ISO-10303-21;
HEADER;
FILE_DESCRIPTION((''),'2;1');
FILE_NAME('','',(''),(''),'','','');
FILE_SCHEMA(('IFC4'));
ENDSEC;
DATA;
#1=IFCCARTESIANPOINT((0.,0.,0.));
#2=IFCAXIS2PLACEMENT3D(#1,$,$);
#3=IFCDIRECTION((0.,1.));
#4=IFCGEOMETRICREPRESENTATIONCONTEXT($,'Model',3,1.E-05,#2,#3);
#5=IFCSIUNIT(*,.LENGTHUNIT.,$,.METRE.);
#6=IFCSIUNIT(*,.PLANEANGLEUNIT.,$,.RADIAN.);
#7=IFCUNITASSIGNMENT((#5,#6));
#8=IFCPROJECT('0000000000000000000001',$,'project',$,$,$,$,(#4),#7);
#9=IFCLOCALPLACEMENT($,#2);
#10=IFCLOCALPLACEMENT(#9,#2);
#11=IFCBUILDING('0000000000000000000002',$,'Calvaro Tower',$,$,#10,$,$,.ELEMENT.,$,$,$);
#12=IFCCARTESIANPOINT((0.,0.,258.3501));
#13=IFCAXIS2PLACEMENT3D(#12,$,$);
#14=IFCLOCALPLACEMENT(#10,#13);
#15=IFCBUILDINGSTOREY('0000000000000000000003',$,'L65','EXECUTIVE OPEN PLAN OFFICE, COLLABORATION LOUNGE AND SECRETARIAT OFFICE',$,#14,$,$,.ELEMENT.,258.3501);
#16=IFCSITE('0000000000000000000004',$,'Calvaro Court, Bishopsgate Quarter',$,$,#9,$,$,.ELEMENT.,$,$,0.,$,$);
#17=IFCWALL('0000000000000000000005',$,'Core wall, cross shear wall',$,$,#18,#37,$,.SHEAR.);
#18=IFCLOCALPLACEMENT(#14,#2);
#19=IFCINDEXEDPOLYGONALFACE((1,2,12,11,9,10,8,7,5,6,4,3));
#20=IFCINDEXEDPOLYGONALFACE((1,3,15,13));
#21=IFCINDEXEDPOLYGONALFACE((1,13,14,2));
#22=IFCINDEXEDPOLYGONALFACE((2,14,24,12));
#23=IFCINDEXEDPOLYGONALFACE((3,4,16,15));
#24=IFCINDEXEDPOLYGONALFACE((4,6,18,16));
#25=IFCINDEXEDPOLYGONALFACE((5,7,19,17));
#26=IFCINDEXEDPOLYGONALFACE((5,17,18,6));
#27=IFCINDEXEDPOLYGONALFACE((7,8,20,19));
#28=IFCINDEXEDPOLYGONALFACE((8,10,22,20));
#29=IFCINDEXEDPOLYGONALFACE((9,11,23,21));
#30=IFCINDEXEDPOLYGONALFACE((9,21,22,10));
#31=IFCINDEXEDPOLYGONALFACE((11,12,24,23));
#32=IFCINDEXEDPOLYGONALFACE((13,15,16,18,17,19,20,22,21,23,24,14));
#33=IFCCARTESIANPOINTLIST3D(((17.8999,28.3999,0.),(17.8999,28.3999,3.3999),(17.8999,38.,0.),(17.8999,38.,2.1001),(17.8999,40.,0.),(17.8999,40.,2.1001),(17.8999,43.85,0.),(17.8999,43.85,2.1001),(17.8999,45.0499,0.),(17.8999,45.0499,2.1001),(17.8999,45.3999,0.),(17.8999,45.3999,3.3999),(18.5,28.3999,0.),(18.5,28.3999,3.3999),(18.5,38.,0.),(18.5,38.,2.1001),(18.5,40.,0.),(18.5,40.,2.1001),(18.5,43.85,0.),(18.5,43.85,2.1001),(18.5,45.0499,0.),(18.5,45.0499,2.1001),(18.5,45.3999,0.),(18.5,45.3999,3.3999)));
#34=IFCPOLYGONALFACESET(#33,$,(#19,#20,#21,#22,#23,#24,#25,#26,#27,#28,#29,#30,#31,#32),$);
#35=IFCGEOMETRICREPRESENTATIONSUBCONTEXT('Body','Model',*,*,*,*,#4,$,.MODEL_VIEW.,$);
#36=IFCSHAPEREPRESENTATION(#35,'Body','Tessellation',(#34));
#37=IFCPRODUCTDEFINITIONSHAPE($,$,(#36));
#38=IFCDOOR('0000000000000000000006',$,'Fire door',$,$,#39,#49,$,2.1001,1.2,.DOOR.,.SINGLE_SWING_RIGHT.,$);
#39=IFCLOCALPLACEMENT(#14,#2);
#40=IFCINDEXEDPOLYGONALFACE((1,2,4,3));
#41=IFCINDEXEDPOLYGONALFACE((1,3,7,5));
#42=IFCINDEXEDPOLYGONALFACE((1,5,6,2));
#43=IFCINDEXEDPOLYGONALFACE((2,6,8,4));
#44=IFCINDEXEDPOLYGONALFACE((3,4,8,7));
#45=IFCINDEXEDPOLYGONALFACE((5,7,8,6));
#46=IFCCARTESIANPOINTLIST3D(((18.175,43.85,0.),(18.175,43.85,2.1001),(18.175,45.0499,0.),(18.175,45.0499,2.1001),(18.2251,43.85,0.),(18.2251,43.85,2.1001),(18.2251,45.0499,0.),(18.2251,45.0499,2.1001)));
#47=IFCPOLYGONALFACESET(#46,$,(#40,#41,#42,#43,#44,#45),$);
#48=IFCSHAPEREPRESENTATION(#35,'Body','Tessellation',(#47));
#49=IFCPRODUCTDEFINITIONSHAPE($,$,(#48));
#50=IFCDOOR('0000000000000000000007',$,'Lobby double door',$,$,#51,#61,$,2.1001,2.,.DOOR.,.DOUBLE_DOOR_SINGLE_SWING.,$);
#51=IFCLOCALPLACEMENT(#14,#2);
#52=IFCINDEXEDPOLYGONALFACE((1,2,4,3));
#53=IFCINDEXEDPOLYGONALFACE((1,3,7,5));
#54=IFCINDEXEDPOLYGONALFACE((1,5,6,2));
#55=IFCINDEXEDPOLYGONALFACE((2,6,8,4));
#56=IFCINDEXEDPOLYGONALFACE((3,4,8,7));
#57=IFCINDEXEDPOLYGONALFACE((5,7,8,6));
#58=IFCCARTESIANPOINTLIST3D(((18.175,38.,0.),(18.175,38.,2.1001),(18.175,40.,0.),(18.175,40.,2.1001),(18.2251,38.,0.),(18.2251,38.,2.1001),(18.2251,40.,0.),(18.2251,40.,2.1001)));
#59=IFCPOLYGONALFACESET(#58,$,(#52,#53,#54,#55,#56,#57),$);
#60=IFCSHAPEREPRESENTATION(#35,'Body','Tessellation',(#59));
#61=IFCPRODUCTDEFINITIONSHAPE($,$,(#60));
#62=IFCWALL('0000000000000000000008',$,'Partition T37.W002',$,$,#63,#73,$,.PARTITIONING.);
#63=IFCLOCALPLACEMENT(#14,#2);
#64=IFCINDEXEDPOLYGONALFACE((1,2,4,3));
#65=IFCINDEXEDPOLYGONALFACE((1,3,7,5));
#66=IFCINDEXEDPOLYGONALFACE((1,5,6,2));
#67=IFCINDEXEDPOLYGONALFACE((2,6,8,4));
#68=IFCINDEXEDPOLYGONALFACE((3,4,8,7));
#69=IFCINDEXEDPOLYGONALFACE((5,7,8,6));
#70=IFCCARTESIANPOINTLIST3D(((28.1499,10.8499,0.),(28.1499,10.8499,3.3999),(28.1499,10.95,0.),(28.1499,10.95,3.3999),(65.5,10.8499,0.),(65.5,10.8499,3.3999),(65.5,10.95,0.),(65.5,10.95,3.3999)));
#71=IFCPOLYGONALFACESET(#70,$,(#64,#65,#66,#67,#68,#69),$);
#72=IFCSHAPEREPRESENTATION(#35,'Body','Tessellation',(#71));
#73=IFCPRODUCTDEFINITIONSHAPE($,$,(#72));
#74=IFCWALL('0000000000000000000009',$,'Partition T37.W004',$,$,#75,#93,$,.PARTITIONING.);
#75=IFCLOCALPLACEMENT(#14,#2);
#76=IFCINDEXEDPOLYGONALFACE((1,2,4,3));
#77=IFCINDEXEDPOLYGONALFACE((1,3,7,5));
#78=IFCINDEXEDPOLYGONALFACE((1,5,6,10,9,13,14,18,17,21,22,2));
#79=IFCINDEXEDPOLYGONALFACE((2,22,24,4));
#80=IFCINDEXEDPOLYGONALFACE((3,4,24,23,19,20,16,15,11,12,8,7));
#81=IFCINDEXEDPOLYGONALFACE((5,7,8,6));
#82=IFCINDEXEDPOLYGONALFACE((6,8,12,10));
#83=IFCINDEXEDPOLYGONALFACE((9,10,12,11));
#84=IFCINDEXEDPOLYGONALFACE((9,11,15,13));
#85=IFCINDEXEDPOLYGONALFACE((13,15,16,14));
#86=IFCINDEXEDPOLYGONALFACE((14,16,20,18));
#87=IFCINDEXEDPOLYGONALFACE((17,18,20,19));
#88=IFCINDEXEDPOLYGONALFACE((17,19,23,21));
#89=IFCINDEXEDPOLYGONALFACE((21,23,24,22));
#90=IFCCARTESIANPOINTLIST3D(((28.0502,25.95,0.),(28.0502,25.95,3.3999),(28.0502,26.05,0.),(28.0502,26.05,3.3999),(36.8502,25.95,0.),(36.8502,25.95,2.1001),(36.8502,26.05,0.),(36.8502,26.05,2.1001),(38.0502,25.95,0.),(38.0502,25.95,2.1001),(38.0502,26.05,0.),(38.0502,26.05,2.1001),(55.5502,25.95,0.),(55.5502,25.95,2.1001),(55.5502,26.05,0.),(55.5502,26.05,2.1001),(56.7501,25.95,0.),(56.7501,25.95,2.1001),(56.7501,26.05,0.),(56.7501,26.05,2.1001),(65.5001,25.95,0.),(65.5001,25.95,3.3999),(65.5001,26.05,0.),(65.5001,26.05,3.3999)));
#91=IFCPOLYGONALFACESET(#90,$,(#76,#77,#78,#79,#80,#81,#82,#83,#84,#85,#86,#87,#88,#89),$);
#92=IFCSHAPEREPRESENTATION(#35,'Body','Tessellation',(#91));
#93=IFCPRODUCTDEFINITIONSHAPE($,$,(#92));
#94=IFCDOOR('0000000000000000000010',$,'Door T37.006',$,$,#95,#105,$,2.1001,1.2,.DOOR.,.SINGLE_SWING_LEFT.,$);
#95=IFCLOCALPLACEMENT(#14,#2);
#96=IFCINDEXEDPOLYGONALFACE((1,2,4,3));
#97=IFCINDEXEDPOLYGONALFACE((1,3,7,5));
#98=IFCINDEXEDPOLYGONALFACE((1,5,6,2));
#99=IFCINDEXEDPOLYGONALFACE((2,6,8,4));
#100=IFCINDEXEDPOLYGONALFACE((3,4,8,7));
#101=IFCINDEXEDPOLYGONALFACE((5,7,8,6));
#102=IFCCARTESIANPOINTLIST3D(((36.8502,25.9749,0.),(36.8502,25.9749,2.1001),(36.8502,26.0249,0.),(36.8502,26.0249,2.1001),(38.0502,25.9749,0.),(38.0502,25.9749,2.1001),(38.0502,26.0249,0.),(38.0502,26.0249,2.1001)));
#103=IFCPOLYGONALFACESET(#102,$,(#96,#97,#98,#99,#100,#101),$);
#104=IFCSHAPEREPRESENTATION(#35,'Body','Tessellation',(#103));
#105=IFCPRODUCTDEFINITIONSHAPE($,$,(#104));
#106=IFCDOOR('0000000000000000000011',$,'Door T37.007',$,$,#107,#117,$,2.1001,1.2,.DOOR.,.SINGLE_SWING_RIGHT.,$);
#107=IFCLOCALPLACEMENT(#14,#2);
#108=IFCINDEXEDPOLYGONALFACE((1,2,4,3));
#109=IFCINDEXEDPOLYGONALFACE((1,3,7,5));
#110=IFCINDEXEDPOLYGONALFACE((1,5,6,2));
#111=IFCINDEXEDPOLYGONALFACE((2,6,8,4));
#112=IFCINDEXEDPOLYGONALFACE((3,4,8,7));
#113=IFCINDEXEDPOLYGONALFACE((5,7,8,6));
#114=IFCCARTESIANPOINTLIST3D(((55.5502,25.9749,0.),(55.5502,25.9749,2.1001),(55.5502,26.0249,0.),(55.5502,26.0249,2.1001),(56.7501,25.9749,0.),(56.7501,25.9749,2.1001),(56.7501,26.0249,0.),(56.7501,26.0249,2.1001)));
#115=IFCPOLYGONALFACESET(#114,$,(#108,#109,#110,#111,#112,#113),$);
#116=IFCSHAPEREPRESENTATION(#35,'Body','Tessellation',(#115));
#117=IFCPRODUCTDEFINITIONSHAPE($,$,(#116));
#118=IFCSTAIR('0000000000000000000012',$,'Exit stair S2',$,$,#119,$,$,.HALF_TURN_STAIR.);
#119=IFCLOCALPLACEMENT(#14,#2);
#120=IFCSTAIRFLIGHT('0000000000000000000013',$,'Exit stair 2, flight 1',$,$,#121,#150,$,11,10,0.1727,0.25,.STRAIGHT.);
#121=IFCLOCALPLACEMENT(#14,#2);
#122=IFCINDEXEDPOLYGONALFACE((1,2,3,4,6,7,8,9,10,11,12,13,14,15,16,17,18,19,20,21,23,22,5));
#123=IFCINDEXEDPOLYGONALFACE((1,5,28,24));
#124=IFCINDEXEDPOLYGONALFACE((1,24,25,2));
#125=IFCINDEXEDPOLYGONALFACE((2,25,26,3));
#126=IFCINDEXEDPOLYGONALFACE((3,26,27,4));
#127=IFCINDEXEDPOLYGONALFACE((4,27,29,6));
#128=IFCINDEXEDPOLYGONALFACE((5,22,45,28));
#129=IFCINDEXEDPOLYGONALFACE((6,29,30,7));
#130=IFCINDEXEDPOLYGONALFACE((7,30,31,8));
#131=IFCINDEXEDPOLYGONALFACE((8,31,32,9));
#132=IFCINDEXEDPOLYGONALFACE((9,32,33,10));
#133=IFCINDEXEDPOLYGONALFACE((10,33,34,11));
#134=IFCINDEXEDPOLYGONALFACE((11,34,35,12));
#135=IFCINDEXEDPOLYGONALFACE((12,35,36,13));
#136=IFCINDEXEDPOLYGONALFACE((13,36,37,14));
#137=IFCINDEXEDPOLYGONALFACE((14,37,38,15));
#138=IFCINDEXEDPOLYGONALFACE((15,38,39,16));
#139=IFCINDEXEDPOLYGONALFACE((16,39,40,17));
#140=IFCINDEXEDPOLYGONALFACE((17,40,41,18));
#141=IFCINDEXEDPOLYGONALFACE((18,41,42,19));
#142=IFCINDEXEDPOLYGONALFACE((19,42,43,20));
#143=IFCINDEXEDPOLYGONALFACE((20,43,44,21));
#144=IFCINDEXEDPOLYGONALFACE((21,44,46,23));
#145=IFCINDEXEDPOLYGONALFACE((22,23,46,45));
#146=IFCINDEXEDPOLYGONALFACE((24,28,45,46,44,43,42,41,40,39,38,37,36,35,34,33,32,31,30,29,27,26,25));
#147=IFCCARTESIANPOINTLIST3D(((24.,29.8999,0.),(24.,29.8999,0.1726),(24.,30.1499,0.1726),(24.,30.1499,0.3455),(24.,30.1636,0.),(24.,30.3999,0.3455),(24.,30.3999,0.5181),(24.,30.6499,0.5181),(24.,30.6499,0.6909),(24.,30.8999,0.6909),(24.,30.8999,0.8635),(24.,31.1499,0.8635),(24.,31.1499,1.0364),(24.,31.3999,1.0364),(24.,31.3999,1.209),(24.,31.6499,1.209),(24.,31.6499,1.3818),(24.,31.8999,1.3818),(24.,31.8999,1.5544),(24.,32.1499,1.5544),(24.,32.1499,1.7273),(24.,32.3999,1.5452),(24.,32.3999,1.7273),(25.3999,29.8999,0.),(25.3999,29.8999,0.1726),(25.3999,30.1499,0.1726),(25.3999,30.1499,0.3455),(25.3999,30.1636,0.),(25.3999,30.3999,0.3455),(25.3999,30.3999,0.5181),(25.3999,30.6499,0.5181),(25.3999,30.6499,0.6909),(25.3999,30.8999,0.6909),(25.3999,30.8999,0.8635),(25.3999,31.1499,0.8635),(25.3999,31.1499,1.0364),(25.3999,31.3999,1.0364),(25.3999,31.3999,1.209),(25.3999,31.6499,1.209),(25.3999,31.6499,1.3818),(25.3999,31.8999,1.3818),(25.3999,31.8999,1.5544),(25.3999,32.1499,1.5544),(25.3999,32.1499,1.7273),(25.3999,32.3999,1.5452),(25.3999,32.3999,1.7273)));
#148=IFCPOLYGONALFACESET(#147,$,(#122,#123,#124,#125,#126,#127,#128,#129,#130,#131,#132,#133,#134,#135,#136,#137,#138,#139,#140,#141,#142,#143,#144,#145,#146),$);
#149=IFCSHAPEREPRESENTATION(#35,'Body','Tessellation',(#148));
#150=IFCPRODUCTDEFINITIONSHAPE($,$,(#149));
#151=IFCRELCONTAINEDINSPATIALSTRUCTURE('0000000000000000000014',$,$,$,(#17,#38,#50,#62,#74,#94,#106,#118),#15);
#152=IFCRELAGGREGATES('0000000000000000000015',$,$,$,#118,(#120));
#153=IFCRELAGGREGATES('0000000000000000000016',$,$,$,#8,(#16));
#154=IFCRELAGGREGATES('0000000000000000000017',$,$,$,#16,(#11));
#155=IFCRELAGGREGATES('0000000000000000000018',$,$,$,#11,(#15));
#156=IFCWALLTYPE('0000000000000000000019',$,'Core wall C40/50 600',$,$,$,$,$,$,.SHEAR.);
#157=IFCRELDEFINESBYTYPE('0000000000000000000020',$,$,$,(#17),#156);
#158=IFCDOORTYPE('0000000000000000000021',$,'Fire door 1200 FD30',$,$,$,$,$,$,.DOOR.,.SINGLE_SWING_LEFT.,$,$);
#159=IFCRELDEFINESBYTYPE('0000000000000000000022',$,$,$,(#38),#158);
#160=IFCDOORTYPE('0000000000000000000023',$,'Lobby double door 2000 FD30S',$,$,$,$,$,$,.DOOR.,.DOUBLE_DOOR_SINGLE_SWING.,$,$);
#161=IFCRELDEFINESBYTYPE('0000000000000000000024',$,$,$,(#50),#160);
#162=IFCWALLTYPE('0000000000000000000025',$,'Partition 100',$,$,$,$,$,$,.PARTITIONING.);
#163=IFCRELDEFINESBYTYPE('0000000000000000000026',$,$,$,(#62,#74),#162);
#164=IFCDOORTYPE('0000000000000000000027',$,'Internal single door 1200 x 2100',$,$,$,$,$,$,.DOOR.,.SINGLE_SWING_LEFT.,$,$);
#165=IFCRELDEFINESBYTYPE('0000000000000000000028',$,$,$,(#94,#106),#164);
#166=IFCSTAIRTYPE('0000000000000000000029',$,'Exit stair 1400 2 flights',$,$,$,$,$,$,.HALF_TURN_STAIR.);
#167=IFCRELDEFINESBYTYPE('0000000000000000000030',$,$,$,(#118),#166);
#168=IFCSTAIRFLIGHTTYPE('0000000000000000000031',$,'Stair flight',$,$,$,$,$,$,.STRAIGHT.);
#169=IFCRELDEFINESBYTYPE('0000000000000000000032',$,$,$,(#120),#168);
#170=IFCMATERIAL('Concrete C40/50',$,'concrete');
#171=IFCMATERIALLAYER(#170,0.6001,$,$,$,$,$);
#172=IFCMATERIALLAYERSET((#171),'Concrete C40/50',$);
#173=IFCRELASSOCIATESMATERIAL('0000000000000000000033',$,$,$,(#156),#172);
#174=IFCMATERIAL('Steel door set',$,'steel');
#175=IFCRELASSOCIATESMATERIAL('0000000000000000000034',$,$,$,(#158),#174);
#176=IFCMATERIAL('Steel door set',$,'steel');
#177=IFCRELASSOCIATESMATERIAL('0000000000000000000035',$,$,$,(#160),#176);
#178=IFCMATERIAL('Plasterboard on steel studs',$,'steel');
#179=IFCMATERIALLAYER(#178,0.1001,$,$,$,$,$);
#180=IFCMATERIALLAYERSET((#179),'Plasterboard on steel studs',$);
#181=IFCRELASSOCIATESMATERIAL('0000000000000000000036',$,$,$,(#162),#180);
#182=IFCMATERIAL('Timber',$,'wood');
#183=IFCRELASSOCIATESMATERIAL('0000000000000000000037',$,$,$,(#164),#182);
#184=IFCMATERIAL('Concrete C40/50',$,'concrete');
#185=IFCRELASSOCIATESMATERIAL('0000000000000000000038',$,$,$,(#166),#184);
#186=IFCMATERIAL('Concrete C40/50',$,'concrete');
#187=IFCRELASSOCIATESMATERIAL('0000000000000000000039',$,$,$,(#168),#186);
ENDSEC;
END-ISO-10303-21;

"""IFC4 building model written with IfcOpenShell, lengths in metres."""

from ifc_helpers import new_model, si_unit, direction, frame, frame_2d, origin, place, context, subcontext, project, spatial, polyline, rectangle, outline, extrude, material, layer, layer_set, type_object, element, fill, aggregate, save


model = new_model("IFC4")

# Units and contexts
model_context = context("Model", 3, precision=1e-05, world=origin(), true_north=direction((0.0, 1.0)))
body_context = subcontext(model_context, "Body", "Model", "MODEL_VIEW")
ifc_project = project(units=[si_unit("LENGTHUNIT", "METRE"), si_unit("PLANEANGLEUNIT", "RADIAN")], contexts=[model_context])

# Site, building, storey
site_placement = place(None, origin())
site = spatial("IfcSite", under=ifc_project, at=site_placement, Name="Calvaro Court, Bishopsgate Quarter", CompositionType="ELEMENT", RefElevation=0.0)
building_placement = place(site_placement, origin())
building = spatial("IfcBuilding", under=site, at=building_placement, Name="Calvaro Tower", CompositionType="ELEMENT")
storey_placement = place(building_placement, frame((0.0, 0.0, 258.3501)))
storey = spatial("IfcBuildingStorey", under=building, at=storey_placement, Name="L65", Description="EXECUTIVE OPEN PLAN OFFICE, COLLABORATION LOUNGE AND SECRETARIAT OFFICE", CompositionType="ELEMENT", Elevation=258.3501)

# Wall, openings, doors
ifc_material_1 = material(Name="Concrete C40/50", Category="concrete")
ifc_layer_1 = layer(ifc_material_1, 0.6001)
ifc_layer_set_1 = layer_set([ifc_layer_1], Name="Concrete C40/50")
wall_type_1 = type_object("IfcWallType", Name="Core wall C40/50 600", PredefinedType="SHEAR", material=ifc_layer_set_1)
wall_1_placement = place(storey_placement, frame((18.2, 28.3999, 0.0), z_axis=(0.0, 0.0, 1.0), x_axis=(0.0, 1.0, 0.0)))
wall_1 = element("IfcWall", 1, at=wall_1_placement, inside=storey, type_object=wall_type_1, Name="Core wall, cross shear wall", PredefinedType="SHEAR", context=body_context, shape_type="SweptSolid", body=[
    extrude(rectangle(XDim=17.0, YDim=0.6001, at=frame_2d((8.5, 0.0))), origin(), (0.0, 0.0, 1.0), 3.3999),
])
opening_1_placement = place(wall_1_placement, frame((9.6001, 0.0, 0.0)))
opening_1 = element("IfcOpeningElement", 2, at=opening_1_placement, cuts=wall_1, PredefinedType="OPENING", context=body_context, shape_type="SweptSolid", body=[
    extrude(rectangle(XDim=2.0, YDim=2.1001, at=frame_2d((1.0, 1.05))), frame((0.0, 0.3101, 0.0), z_axis=(0.0, -1.0, 0.0), x_axis=(1.0, 0.0, 0.0)), (0.0, 0.0, 1.0), 0.6201),
])
opening_2_placement = place(wall_1_placement, frame((15.45, 0.0, 0.0)))
opening_2 = element("IfcOpeningElement", 3, at=opening_2_placement, cuts=wall_1, PredefinedType="OPENING", context=body_context, shape_type="SweptSolid", body=[
    extrude(rectangle(XDim=1.2, YDim=2.1001, at=frame_2d((0.6001, 1.05))), frame((0.0, 0.3101, 0.0), z_axis=(0.0, -1.0, 0.0), x_axis=(1.0, 0.0, 0.0)), (0.0, 0.0, 1.0), 0.6201),
])
ifc_material_2 = material(Name="Steel door set", Category="steel")
door_type_1 = type_object("IfcDoorType", Name="Fire door 1200 FD30", OperationType="SINGLE_SWING_LEFT", PredefinedType="DOOR", material=ifc_material_2)
door_1_placement = place(opening_2_placement, origin())
door_1 = element("IfcDoor", 4, at=door_1_placement, inside=storey, type_object=door_type_1, Name="Fire door", OperationType="SINGLE_SWING_RIGHT", OverallHeight=2.1001, OverallWidth=1.2, PredefinedType="DOOR", context=body_context, shape_type="SweptSolid", body=[
    extrude(rectangle(XDim=1.2, YDim=2.1001, at=frame_2d((0.6001, 1.05))), frame((0.0, 0.0249, 0.0), z_axis=(0.0, -1.0, 0.0), x_axis=(1.0, 0.0, 0.0)), (0.0, 0.0, 1.0), 0.05),
])
fill(opening_2, door_1)
ifc_material_3 = material(Name="Steel door set", Category="steel")
door_type_2 = type_object("IfcDoorType", Name="Lobby double door 2000 FD30S", OperationType="DOUBLE_DOOR_SINGLE_SWING", PredefinedType="DOOR", material=ifc_material_3)
door_2_placement = place(opening_1_placement, origin())
door_2 = element("IfcDoor", 5, at=door_2_placement, inside=storey, type_object=door_type_2, Name="Lobby double door", OperationType="DOUBLE_DOOR_SINGLE_SWING", OverallHeight=2.1001, OverallWidth=2.0, PredefinedType="DOOR", context=body_context, shape_type="SweptSolid", body=[
    extrude(rectangle(XDim=2.0, YDim=2.1001, at=frame_2d((1.0, 1.05))), frame((0.0, 0.0249, 0.0), z_axis=(0.0, -1.0, 0.0), x_axis=(1.0, 0.0, 0.0)), (0.0, 0.0, 1.0), 0.05),
])
fill(opening_1, door_2)

# Wall
ifc_material_4 = material(Name="Plasterboard on steel studs", Category="steel")
ifc_layer_2 = layer(ifc_material_4, 0.1001)
ifc_layer_set_2 = layer_set([ifc_layer_2], Name="Plasterboard on steel studs")
wall_type_2 = type_object("IfcWallType", Name="Partition 100", PredefinedType="PARTITIONING", material=ifc_layer_set_2)
wall_2_placement = place(storey_placement, frame((28.1499, 10.8999, 0.0), z_axis=(0.0, 0.0, 1.0), x_axis=(1.0, 0.0, 0.0)))
element("IfcWall", 6, at=wall_2_placement, inside=storey, type_object=wall_type_2, Name="Partition T37.W002", PredefinedType="PARTITIONING", context=body_context, shape_type="SweptSolid", body=[
    extrude(rectangle(XDim=37.3501, YDim=0.1001, at=frame_2d((18.675, 0.0))), origin(), (0.0, 0.0, 1.0), 3.3999),
])

# Wall, openings, doors
wall_3_placement = place(storey_placement, frame((28.05, 26.0, 0.0), z_axis=(0.0, 0.0, 1.0), x_axis=(1.0, 0.0, 0.0)))
wall_3 = element("IfcWall", 7, at=wall_3_placement, inside=storey, type_object=wall_type_2, Name="Partition T37.W004", PredefinedType="PARTITIONING", context=body_context, shape_type="SweptSolid", body=[
    extrude(rectangle(XDim=37.45, YDim=0.1001, at=frame_2d((18.7251, 0.0))), origin(), (0.0, 0.0, 1.0), 3.3999),
])
opening_3_placement = place(wall_3_placement, frame((8.8, 0.0, 0.0)))
opening_3 = element("IfcOpeningElement", 8, at=opening_3_placement, cuts=wall_3, PredefinedType="OPENING", context=body_context, shape_type="SweptSolid", body=[
    extrude(rectangle(XDim=1.2, YDim=2.1001, at=frame_2d((0.6001, 1.05))), frame((0.0, 0.0601, 0.0), z_axis=(0.0, -1.0, 0.0), x_axis=(1.0, 0.0, 0.0)), (0.0, 0.0, 1.0), 0.1201),
])
opening_4_placement = place(wall_3_placement, frame((27.5, 0.0, 0.0)))
opening_4 = element("IfcOpeningElement", 9, at=opening_4_placement, cuts=wall_3, PredefinedType="OPENING", context=body_context, shape_type="SweptSolid", body=[
    extrude(rectangle(XDim=1.2, YDim=2.1001, at=frame_2d((0.6001, 1.05))), frame((0.0, 0.0601, 0.0), z_axis=(0.0, -1.0, 0.0), x_axis=(1.0, 0.0, 0.0)), (0.0, 0.0, 1.0), 0.1201),
])
ifc_material_5 = material(Name="Timber", Category="wood")
door_type_3 = type_object("IfcDoorType", Name="Internal single door 1200 x 2100", OperationType="SINGLE_SWING_LEFT", PredefinedType="DOOR", material=ifc_material_5)
door_3_placement = place(opening_3_placement, origin())
door_3 = element("IfcDoor", 10, at=door_3_placement, inside=storey, type_object=door_type_3, Name="Door T37.006", OperationType="SINGLE_SWING_LEFT", OverallHeight=2.1001, OverallWidth=1.2, PredefinedType="DOOR", context=body_context, shape_type="SweptSolid", body=[
    extrude(rectangle(XDim=1.2, YDim=2.1001, at=frame_2d((0.6001, 1.05))), frame((0.0, 0.0249, 0.0), z_axis=(0.0, -1.0, 0.0), x_axis=(1.0, 0.0, 0.0)), (0.0, 0.0, 1.0), 0.05),
])
fill(opening_3, door_3)
door_4_placement = place(opening_4_placement, origin())
door_4 = element("IfcDoor", 11, at=door_4_placement, inside=storey, type_object=door_type_3, Name="Door T37.007", OperationType="SINGLE_SWING_RIGHT", OverallHeight=2.1001, OverallWidth=1.2, PredefinedType="DOOR", context=body_context, shape_type="SweptSolid", body=[
    extrude(rectangle(XDim=1.2, YDim=2.1001, at=frame_2d((0.6001, 1.05))), frame((0.0, 0.0249, 0.0), z_axis=(0.0, -1.0, 0.0), x_axis=(1.0, 0.0, 0.0)), (0.0, 0.0, 1.0), 0.05),
])
fill(opening_4, door_4)

# Stair, stair flight
ifc_material_6 = material(Name="Concrete C40/50", Category="concrete")
stair_type = type_object("IfcStairType", Name="Exit stair 1400 2 flights", PredefinedType="HALF_TURN_STAIR", material=ifc_material_6)
stair_placement = place(storey_placement, origin())
stair = element("IfcStair", 12, at=stair_placement, inside=storey, type_object=stair_type, Name="Exit stair S2", PredefinedType="HALF_TURN_STAIR")
ifc_material_7 = material(Name="Concrete C40/50", Category="concrete")
stair_flight_type = type_object("IfcStairFlightType", Name="Stair flight", PredefinedType="STRAIGHT", material=ifc_material_7)
stair_flight_placement = place(storey_placement, frame((24.7, 29.8999, 0.0), z_axis=(0.0, 0.0, 1.0), x_axis=(0.0, 1.0, 0.0)))
stair_flight = element("IfcStairFlight", 13, at=stair_flight_placement, type_object=stair_flight_type, Name="Exit stair 2, flight 1", NumberOfRisers=11, NumberOfTreads=10, PredefinedType="STRAIGHT", RiserHeight=0.1727, TreadLength=0.25, context=body_context, shape_type="SweptSolid", body=[
    extrude(outline(polyline([(0.0, 0.0), (0.0, 0.1726), (0.25, 0.1726), (0.25, 0.3455), (0.5, 0.3455), (0.5, 0.5181), (0.75, 0.5181), (0.75, 0.6909), (1.0, 0.6909), (1.0, 0.8635), (1.25, 0.8635), (1.25, 1.0364), (1.5, 1.0364), (1.5, 1.209), (1.75, 1.209), (1.75, 1.3818), (2.0, 1.3818), (2.0, 1.5544), (2.25, 1.5544), (2.25, 1.7273), (2.5, 1.7273), (2.5, 1.8999), (2.5, 1.5452), (0.2637, 0.0), (0.0, 0.0)])), frame((0.0, 0.7, 0.0), z_axis=(0.0, -1.0, 0.0), x_axis=(1.0, 0.0, 0.0)), (0.0, 0.0, 1.0), 1.3999),
])
aggregate(stair, [stair_flight])

save(model, "model.ifc")
